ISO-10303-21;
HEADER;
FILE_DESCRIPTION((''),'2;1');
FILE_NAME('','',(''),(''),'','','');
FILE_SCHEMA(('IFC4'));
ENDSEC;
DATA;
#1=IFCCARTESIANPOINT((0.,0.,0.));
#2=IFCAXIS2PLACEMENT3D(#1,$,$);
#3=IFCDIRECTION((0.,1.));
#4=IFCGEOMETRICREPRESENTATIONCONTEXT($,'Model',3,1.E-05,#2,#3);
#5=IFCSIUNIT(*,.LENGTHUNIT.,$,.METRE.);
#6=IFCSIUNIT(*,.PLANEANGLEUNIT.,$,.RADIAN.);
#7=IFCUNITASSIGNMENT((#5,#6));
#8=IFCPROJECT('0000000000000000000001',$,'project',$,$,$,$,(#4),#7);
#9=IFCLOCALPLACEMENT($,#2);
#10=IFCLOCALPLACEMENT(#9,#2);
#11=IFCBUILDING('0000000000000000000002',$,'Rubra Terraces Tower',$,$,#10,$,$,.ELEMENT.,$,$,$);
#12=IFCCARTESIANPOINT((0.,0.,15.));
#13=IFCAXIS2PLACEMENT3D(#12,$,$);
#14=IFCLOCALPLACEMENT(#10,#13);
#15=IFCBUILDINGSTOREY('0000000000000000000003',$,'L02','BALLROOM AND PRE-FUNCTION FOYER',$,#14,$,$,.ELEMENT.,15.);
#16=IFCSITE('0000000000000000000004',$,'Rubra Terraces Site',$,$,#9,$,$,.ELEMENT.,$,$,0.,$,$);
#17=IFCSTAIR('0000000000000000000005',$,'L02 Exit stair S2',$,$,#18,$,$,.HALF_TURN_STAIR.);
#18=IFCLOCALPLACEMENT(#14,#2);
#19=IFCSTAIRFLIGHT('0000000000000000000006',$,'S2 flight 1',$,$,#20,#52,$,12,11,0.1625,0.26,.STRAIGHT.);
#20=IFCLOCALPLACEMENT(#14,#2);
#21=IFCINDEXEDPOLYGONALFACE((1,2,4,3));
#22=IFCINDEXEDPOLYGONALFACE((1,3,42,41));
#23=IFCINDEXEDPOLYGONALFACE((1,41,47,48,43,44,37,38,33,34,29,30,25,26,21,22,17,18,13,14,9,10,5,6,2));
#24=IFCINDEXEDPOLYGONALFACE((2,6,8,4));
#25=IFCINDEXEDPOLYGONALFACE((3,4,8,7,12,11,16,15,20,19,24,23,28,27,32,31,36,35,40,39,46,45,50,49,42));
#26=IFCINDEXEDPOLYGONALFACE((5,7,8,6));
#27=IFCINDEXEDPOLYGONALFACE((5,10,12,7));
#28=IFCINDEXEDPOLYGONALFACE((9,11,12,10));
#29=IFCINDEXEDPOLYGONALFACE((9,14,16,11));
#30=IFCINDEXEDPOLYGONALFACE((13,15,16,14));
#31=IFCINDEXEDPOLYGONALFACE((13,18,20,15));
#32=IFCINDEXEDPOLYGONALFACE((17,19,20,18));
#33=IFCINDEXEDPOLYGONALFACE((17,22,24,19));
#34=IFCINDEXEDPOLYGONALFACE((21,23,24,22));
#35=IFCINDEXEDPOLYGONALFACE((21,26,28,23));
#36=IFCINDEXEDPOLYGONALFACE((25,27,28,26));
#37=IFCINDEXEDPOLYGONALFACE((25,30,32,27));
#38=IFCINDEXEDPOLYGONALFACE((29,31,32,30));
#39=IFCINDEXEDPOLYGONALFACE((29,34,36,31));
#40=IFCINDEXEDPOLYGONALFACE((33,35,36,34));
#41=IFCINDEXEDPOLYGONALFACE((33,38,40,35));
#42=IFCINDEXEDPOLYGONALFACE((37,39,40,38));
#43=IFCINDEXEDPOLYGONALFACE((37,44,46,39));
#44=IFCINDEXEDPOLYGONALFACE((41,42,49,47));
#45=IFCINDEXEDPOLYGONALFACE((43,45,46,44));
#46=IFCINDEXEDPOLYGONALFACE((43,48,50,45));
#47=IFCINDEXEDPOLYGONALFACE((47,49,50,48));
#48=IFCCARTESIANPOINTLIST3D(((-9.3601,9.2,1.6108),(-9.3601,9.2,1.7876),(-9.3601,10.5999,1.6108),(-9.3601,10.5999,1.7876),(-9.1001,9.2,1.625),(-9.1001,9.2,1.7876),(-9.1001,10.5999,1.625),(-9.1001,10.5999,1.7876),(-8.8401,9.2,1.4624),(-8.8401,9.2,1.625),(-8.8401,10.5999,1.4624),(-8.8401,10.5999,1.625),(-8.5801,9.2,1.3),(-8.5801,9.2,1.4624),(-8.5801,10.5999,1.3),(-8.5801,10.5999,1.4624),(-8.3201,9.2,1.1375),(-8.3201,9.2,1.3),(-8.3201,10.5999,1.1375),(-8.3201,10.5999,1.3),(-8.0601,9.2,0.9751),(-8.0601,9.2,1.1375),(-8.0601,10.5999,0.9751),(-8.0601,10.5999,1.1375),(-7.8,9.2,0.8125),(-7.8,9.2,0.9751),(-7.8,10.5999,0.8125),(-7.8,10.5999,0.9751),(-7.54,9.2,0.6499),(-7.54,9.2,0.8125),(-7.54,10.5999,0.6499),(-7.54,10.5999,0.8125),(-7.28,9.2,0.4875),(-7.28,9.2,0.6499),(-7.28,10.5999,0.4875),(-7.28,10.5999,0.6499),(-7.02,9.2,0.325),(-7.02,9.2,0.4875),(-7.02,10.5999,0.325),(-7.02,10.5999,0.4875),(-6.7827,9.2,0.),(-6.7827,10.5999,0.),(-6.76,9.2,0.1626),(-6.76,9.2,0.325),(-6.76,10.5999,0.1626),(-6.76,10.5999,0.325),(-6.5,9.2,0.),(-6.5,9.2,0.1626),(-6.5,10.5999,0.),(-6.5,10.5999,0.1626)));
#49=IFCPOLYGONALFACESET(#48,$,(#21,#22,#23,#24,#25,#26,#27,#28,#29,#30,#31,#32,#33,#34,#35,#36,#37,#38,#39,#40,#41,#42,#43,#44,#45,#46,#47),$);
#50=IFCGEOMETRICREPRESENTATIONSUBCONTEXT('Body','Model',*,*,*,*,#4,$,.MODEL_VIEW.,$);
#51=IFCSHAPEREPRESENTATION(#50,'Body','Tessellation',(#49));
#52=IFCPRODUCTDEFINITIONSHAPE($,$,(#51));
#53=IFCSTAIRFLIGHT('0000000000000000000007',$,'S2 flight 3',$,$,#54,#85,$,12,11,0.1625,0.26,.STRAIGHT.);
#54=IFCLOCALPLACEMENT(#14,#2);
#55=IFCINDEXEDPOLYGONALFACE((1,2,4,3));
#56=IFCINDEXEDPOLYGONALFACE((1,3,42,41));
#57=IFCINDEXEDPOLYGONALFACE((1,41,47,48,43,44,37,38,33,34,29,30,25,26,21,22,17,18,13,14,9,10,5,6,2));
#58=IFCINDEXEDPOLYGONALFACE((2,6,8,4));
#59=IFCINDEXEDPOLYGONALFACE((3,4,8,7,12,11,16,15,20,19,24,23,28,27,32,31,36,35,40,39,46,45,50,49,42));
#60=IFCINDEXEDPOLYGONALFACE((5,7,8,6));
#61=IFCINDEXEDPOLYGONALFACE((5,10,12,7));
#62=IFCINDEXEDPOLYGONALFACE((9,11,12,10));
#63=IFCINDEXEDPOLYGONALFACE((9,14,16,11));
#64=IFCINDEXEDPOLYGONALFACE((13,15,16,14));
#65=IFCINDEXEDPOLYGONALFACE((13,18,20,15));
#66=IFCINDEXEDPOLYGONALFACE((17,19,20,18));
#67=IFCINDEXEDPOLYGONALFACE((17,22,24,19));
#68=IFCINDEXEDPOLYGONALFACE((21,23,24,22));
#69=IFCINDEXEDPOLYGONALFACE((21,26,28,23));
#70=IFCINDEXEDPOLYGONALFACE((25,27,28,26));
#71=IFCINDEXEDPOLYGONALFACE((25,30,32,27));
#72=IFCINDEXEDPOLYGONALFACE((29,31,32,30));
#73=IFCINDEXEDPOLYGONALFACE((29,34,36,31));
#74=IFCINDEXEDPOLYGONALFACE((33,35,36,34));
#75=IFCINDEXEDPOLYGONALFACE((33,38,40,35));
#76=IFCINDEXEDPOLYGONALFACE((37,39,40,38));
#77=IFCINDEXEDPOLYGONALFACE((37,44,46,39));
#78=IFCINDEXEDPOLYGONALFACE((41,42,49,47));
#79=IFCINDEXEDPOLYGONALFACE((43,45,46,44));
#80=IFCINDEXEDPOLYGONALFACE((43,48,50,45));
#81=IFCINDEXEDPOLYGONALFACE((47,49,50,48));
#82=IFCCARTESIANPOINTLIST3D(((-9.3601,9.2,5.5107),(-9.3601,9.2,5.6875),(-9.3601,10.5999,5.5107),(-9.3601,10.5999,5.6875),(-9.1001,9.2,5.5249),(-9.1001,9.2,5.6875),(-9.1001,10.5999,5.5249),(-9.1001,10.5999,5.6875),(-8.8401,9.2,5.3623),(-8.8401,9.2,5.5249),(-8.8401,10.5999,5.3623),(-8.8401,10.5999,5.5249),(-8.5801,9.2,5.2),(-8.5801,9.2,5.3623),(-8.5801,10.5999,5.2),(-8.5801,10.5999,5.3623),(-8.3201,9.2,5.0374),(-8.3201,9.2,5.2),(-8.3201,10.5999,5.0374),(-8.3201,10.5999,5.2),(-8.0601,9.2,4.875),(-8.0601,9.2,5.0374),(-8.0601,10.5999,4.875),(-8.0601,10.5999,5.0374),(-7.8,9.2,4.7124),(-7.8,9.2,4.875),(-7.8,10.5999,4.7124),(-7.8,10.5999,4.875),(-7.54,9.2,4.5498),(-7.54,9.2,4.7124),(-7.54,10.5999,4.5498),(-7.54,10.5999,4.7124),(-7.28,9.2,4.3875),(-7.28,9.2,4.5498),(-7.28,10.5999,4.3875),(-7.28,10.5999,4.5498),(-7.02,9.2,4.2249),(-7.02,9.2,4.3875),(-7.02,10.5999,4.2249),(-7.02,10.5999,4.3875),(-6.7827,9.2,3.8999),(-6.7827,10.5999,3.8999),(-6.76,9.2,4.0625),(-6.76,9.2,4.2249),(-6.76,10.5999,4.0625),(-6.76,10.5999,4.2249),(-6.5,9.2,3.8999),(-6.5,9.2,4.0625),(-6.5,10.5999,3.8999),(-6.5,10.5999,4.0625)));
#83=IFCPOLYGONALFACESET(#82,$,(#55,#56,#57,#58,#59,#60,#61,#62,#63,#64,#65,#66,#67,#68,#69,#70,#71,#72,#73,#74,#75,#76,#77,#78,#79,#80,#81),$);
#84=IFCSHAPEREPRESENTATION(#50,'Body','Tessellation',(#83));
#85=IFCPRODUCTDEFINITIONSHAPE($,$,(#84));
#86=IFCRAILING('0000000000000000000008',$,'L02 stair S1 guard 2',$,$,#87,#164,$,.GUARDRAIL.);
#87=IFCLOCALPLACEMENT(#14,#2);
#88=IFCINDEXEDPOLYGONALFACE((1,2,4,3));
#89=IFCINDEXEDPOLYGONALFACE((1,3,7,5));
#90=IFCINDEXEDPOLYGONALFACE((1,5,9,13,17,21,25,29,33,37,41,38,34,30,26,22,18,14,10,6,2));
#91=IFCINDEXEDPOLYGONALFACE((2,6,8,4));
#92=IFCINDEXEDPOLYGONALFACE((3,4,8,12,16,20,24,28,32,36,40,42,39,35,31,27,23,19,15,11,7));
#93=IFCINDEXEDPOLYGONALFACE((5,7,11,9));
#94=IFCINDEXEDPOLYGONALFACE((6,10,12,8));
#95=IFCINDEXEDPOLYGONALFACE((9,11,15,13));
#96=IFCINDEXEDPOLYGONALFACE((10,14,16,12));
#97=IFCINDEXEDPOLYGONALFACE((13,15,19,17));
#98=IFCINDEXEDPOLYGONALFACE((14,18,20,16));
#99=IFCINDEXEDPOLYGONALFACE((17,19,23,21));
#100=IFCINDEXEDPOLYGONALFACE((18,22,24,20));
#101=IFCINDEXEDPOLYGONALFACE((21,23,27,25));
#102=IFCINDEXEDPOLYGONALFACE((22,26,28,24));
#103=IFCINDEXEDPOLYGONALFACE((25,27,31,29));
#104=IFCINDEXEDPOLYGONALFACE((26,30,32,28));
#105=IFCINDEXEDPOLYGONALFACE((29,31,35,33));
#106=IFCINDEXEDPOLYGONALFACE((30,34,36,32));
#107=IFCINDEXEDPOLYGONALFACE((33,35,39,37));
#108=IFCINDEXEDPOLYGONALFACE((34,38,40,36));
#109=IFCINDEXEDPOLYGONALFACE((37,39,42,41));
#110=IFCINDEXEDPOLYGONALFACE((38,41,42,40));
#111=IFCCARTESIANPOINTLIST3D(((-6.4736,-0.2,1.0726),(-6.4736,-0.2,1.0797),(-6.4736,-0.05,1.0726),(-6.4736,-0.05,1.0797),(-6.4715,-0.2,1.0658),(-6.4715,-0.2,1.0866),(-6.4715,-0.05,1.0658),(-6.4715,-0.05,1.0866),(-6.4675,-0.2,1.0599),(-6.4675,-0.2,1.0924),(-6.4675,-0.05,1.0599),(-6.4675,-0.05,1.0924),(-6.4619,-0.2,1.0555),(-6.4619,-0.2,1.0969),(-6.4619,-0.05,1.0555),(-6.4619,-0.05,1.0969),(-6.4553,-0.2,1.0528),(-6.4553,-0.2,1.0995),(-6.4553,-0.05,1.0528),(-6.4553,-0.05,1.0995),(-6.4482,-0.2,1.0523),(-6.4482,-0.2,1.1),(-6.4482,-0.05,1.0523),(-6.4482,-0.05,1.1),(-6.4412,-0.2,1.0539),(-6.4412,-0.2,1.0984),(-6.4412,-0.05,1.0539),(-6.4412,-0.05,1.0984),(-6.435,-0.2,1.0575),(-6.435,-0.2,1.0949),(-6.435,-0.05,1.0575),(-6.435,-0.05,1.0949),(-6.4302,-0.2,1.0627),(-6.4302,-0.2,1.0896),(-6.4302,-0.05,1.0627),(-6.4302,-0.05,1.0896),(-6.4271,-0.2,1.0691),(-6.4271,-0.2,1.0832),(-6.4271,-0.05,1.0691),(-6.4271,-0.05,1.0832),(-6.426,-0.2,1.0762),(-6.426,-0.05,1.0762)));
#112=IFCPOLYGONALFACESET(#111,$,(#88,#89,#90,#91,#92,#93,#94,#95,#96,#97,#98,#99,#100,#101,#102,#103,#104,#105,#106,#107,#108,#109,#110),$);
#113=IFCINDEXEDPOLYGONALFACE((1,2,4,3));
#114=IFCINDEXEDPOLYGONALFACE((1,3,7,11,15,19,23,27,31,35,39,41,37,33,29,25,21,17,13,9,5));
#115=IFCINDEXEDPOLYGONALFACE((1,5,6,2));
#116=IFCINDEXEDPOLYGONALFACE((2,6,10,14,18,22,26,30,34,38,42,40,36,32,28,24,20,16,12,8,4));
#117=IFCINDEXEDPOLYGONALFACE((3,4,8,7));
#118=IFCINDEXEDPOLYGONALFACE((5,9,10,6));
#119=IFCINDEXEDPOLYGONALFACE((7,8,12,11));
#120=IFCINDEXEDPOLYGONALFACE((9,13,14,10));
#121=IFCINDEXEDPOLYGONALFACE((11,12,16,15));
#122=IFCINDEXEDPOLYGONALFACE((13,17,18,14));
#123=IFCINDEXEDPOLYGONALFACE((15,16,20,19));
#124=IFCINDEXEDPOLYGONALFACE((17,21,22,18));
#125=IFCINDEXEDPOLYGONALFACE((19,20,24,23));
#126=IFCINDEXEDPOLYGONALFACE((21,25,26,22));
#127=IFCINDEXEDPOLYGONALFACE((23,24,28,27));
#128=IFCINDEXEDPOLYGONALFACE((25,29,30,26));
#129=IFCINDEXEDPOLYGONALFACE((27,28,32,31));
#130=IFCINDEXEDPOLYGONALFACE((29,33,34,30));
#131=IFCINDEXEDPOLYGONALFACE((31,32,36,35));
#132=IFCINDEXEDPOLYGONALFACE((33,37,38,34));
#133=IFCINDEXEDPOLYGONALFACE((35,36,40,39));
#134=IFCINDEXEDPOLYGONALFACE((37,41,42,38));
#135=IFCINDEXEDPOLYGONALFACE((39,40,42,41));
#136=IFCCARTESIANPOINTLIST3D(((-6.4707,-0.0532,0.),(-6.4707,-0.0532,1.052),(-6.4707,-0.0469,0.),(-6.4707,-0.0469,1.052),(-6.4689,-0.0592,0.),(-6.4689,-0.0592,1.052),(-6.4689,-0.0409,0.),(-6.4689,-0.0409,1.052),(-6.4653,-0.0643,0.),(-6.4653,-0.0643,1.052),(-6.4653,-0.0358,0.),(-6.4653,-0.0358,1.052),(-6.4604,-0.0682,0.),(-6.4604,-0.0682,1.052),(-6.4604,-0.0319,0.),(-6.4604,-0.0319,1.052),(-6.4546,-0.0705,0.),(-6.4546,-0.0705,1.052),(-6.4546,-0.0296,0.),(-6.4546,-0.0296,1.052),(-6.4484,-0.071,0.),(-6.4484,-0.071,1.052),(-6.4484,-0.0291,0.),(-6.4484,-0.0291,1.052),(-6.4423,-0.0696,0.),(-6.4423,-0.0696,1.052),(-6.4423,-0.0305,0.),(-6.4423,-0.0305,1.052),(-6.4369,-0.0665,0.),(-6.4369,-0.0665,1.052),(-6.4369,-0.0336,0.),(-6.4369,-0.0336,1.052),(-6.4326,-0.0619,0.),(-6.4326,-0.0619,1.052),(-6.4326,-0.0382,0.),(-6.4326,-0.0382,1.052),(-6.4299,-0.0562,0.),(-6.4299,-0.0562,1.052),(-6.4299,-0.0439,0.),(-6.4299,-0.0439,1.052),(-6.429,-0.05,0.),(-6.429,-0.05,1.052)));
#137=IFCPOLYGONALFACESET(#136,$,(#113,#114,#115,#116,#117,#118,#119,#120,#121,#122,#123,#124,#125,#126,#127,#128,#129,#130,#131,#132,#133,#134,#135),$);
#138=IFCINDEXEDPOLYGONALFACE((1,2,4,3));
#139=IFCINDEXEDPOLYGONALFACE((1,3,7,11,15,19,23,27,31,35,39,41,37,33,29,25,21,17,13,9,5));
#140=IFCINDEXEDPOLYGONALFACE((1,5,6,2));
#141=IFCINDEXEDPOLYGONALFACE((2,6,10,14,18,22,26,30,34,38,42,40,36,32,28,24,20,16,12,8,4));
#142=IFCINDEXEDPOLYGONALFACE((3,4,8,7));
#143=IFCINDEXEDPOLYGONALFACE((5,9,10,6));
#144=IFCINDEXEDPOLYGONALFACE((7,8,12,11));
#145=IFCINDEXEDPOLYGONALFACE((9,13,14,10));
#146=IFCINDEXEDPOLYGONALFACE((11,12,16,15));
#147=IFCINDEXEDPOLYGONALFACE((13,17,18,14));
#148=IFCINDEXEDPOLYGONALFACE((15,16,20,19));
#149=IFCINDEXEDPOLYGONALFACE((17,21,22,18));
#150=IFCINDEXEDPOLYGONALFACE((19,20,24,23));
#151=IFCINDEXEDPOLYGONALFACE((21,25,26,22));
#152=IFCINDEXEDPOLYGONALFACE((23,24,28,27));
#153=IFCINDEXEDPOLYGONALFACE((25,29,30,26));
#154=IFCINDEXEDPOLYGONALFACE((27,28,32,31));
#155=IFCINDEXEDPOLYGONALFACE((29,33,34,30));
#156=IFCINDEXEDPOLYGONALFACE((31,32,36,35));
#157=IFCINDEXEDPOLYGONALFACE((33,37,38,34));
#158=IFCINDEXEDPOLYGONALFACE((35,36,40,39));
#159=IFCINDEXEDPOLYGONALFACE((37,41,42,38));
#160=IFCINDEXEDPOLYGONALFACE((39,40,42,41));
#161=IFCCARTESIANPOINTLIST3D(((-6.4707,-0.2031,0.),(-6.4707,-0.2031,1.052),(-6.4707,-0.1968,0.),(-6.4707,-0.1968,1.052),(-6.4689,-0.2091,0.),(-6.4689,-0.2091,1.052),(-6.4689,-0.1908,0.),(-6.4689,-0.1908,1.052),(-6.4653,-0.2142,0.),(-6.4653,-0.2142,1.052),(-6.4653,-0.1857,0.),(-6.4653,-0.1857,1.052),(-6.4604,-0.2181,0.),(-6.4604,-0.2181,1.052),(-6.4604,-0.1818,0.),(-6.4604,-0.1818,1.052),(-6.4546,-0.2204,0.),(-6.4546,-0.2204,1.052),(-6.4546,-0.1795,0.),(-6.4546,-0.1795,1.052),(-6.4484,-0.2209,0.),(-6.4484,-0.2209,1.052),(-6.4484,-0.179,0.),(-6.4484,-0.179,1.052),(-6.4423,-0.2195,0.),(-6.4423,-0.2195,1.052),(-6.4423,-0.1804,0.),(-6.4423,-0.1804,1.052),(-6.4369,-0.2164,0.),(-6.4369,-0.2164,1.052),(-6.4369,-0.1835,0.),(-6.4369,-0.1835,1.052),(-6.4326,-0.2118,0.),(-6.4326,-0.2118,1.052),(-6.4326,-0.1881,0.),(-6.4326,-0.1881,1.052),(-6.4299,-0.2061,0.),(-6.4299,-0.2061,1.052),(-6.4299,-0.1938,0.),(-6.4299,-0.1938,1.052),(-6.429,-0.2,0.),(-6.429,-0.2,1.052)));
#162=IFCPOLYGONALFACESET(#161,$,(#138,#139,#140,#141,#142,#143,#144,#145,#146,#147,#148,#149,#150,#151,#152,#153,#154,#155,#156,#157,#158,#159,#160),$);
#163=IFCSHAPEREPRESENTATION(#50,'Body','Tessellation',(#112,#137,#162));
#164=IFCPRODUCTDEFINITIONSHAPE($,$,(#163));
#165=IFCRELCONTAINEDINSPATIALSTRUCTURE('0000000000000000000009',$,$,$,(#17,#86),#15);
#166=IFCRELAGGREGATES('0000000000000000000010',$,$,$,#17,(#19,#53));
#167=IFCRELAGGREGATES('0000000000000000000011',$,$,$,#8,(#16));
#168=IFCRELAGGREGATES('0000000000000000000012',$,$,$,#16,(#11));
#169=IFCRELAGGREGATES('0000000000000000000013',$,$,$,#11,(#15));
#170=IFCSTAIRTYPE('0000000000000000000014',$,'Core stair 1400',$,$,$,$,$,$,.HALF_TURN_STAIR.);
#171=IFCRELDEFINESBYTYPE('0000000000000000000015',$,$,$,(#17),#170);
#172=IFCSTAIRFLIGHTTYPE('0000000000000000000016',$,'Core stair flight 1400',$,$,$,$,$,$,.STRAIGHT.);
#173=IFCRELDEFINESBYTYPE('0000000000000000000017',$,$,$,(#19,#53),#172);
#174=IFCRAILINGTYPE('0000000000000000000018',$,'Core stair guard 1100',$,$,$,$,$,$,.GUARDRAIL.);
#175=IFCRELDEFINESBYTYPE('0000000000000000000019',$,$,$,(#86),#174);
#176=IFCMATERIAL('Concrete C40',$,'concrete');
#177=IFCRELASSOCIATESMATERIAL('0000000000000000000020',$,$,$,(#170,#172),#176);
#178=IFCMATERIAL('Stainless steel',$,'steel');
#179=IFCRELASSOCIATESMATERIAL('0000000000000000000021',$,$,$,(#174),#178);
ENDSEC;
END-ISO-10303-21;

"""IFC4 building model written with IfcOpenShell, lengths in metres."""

from ifc_helpers import new_model, si_unit, direction, frame, origin, origin_2d, place, context, subcontext, project, spatial, polyline, circle, outline, extrude, material, type_object, element, aggregate, save


model = new_model("IFC4")

# Units and contexts
model_context = context("Model", 3, precision=1e-05, world=origin(), true_north=direction((0.0, 1.0)))
body_context = subcontext(model_context, "Body", "Model", "MODEL_VIEW")
ifc_project = project(units=[si_unit("LENGTHUNIT", "METRE"), si_unit("PLANEANGLEUNIT", "RADIAN")], contexts=[model_context])

# Site, building, storey
site_placement = place(None, origin())
site = spatial("IfcSite", under=ifc_project, at=site_placement, Name="Rubra Terraces Site", CompositionType="ELEMENT", RefElevation=0.0)
building_placement = place(site_placement, origin())
building = spatial("IfcBuilding", under=site, at=building_placement, Name="Rubra Terraces Tower", CompositionType="ELEMENT")
storey_placement = place(building_placement, frame((0.0, 0.0, 15.0)))
storey = spatial("IfcBuildingStorey", under=building, at=storey_placement, Name="L02", Description="BALLROOM AND PRE-FUNCTION FOYER", CompositionType="ELEMENT", Elevation=15.0)

# Shared definitions
ifc_material_1 = material(Name="Concrete C40", Category="concrete")

# Shared definitions
ifc_material_2 = material(Name="Stainless steel", Category="steel")

# Stair, stair flights
stair_type = type_object("IfcStairType", Name="Core stair 1400", PredefinedType="HALF_TURN_STAIR", material=ifc_material_1)
stair_flight_type = type_object("IfcStairFlightType", Name="Core stair flight 1400", PredefinedType="STRAIGHT", material=ifc_material_1)
stair_1_placement = place(storey_placement, origin())
stair_1 = element("IfcStair", 1, at=stair_1_placement, inside=storey, type_object=stair_type, Name="L02 Exit stair S2", PredefinedType="HALF_TURN_STAIR")
stair_flight_1_placement = place(storey_placement, frame((-6.5, 9.8999, 0.0), z_axis=(0.0, 0.0, 1.0), x_axis=(-1.0, 0.0, 0.0)))
stair_flight_1 = element("IfcStairFlight", 2, at=stair_flight_1_placement, type_object=stair_flight_type, Name="S2 flight 1", NumberOfRisers=12, NumberOfTreads=11, PredefinedType="STRAIGHT", RiserHeight=0.1625, TreadLength=0.26, context=body_context, shape_type="SweptSolid", body=[
    extrude(outline(polyline([(0.0, 0.0), (0.0, 0.1626), (0.26, 0.1626), (0.26, 0.325), (0.52, 0.325), (0.52, 0.4875), (0.78, 0.4875), (0.78, 0.6499), (1.04, 0.6499), (1.04, 0.8125), (1.3, 0.8125), (1.3, 0.9751), (1.5601, 0.9751), (1.5601, 1.1375), (1.8201, 1.1375), (1.8201, 1.3), (2.0801, 1.3), (2.0801, 1.4624), (2.3401, 1.4624), (2.3401, 1.625), (2.6001, 1.625), (2.6001, 1.7876), (2.8601, 1.7876), (2.8601, 1.95), (2.8601, 1.6108), (0.2827, 0.0), (0.0, 0.0)])), frame((0.0, 0.7, 0.0), z_axis=(0.0, -1.0, 0.0), x_axis=(1.0, 0.0, 0.0)), (0.0, 0.0, 1.0), 1.3999),
])
stair_flight_2_placement = place(storey_placement, frame((-6.5, 9.8999, 3.8999), z_axis=(0.0, 0.0, 1.0), x_axis=(-1.0, 0.0, 0.0)))
stair_flight_2 = element("IfcStairFlight", 3, at=stair_flight_2_placement, type_object=stair_flight_type, Name="S2 flight 3", NumberOfRisers=12, NumberOfTreads=11, PredefinedType="STRAIGHT", RiserHeight=0.1625, TreadLength=0.26, context=body_context, shape_type="SweptSolid", body=[
    extrude(outline(polyline([(0.0, 0.0), (0.0, 0.1626), (0.26, 0.1626), (0.26, 0.325), (0.52, 0.325), (0.52, 0.4875), (0.78, 0.4875), (0.78, 0.6499), (1.04, 0.6499), (1.04, 0.8125), (1.3, 0.8125), (1.3, 0.9751), (1.5601, 0.9751), (1.5601, 1.1375), (1.8201, 1.1375), (1.8201, 1.3), (2.0801, 1.3), (2.0801, 1.4624), (2.3401, 1.4624), (2.3401, 1.625), (2.6001, 1.625), (2.6001, 1.7876), (2.8601, 1.7876), (2.8601, 1.95), (2.8601, 1.6108), (0.2827, 0.0), (0.0, 0.0)])), frame((0.0, 0.7, 0.0), z_axis=(0.0, -1.0, 0.0), x_axis=(1.0, 0.0, 0.0)), (0.0, 0.0, 1.0), 1.3999),
])
aggregate(stair_1, [stair_flight_1, stair_flight_2])

# Railing
railing_type_1 = type_object("IfcRailingType", Name="Core stair guard 1100", PredefinedType="GUARDRAIL", material=ifc_material_2)
railing_1_placement = place(storey_placement, frame((-6.45, -0.05, 0.0)))
element("IfcRailing", 4, at=railing_1_placement, inside=storey, type_object=railing_type_1, Name="L02 stair S1 guard 2", PredefinedType="GUARDRAIL", context=body_context, shape_type="SweptSolid", body=[
    extrude(circle(Radius=0.0239, at=origin_2d()), frame((0.0, 0.0, 1.0762), z_axis=(0.0, -1.0, 0.0), x_axis=(1.0, 0.0, 0.0)), (0.0, 0.0, 1.0), 0.1499),
    extrude(circle(Radius=0.021, at=origin_2d()), origin(), (0.0, 0.0, 1.0), 1.052),
    extrude(circle(Radius=0.021, at=origin_2d()), frame((0.0, -0.1499, 0.0)), (0.0, 0.0, 1.0), 1.052),
])

save(model, "model.ifc")
